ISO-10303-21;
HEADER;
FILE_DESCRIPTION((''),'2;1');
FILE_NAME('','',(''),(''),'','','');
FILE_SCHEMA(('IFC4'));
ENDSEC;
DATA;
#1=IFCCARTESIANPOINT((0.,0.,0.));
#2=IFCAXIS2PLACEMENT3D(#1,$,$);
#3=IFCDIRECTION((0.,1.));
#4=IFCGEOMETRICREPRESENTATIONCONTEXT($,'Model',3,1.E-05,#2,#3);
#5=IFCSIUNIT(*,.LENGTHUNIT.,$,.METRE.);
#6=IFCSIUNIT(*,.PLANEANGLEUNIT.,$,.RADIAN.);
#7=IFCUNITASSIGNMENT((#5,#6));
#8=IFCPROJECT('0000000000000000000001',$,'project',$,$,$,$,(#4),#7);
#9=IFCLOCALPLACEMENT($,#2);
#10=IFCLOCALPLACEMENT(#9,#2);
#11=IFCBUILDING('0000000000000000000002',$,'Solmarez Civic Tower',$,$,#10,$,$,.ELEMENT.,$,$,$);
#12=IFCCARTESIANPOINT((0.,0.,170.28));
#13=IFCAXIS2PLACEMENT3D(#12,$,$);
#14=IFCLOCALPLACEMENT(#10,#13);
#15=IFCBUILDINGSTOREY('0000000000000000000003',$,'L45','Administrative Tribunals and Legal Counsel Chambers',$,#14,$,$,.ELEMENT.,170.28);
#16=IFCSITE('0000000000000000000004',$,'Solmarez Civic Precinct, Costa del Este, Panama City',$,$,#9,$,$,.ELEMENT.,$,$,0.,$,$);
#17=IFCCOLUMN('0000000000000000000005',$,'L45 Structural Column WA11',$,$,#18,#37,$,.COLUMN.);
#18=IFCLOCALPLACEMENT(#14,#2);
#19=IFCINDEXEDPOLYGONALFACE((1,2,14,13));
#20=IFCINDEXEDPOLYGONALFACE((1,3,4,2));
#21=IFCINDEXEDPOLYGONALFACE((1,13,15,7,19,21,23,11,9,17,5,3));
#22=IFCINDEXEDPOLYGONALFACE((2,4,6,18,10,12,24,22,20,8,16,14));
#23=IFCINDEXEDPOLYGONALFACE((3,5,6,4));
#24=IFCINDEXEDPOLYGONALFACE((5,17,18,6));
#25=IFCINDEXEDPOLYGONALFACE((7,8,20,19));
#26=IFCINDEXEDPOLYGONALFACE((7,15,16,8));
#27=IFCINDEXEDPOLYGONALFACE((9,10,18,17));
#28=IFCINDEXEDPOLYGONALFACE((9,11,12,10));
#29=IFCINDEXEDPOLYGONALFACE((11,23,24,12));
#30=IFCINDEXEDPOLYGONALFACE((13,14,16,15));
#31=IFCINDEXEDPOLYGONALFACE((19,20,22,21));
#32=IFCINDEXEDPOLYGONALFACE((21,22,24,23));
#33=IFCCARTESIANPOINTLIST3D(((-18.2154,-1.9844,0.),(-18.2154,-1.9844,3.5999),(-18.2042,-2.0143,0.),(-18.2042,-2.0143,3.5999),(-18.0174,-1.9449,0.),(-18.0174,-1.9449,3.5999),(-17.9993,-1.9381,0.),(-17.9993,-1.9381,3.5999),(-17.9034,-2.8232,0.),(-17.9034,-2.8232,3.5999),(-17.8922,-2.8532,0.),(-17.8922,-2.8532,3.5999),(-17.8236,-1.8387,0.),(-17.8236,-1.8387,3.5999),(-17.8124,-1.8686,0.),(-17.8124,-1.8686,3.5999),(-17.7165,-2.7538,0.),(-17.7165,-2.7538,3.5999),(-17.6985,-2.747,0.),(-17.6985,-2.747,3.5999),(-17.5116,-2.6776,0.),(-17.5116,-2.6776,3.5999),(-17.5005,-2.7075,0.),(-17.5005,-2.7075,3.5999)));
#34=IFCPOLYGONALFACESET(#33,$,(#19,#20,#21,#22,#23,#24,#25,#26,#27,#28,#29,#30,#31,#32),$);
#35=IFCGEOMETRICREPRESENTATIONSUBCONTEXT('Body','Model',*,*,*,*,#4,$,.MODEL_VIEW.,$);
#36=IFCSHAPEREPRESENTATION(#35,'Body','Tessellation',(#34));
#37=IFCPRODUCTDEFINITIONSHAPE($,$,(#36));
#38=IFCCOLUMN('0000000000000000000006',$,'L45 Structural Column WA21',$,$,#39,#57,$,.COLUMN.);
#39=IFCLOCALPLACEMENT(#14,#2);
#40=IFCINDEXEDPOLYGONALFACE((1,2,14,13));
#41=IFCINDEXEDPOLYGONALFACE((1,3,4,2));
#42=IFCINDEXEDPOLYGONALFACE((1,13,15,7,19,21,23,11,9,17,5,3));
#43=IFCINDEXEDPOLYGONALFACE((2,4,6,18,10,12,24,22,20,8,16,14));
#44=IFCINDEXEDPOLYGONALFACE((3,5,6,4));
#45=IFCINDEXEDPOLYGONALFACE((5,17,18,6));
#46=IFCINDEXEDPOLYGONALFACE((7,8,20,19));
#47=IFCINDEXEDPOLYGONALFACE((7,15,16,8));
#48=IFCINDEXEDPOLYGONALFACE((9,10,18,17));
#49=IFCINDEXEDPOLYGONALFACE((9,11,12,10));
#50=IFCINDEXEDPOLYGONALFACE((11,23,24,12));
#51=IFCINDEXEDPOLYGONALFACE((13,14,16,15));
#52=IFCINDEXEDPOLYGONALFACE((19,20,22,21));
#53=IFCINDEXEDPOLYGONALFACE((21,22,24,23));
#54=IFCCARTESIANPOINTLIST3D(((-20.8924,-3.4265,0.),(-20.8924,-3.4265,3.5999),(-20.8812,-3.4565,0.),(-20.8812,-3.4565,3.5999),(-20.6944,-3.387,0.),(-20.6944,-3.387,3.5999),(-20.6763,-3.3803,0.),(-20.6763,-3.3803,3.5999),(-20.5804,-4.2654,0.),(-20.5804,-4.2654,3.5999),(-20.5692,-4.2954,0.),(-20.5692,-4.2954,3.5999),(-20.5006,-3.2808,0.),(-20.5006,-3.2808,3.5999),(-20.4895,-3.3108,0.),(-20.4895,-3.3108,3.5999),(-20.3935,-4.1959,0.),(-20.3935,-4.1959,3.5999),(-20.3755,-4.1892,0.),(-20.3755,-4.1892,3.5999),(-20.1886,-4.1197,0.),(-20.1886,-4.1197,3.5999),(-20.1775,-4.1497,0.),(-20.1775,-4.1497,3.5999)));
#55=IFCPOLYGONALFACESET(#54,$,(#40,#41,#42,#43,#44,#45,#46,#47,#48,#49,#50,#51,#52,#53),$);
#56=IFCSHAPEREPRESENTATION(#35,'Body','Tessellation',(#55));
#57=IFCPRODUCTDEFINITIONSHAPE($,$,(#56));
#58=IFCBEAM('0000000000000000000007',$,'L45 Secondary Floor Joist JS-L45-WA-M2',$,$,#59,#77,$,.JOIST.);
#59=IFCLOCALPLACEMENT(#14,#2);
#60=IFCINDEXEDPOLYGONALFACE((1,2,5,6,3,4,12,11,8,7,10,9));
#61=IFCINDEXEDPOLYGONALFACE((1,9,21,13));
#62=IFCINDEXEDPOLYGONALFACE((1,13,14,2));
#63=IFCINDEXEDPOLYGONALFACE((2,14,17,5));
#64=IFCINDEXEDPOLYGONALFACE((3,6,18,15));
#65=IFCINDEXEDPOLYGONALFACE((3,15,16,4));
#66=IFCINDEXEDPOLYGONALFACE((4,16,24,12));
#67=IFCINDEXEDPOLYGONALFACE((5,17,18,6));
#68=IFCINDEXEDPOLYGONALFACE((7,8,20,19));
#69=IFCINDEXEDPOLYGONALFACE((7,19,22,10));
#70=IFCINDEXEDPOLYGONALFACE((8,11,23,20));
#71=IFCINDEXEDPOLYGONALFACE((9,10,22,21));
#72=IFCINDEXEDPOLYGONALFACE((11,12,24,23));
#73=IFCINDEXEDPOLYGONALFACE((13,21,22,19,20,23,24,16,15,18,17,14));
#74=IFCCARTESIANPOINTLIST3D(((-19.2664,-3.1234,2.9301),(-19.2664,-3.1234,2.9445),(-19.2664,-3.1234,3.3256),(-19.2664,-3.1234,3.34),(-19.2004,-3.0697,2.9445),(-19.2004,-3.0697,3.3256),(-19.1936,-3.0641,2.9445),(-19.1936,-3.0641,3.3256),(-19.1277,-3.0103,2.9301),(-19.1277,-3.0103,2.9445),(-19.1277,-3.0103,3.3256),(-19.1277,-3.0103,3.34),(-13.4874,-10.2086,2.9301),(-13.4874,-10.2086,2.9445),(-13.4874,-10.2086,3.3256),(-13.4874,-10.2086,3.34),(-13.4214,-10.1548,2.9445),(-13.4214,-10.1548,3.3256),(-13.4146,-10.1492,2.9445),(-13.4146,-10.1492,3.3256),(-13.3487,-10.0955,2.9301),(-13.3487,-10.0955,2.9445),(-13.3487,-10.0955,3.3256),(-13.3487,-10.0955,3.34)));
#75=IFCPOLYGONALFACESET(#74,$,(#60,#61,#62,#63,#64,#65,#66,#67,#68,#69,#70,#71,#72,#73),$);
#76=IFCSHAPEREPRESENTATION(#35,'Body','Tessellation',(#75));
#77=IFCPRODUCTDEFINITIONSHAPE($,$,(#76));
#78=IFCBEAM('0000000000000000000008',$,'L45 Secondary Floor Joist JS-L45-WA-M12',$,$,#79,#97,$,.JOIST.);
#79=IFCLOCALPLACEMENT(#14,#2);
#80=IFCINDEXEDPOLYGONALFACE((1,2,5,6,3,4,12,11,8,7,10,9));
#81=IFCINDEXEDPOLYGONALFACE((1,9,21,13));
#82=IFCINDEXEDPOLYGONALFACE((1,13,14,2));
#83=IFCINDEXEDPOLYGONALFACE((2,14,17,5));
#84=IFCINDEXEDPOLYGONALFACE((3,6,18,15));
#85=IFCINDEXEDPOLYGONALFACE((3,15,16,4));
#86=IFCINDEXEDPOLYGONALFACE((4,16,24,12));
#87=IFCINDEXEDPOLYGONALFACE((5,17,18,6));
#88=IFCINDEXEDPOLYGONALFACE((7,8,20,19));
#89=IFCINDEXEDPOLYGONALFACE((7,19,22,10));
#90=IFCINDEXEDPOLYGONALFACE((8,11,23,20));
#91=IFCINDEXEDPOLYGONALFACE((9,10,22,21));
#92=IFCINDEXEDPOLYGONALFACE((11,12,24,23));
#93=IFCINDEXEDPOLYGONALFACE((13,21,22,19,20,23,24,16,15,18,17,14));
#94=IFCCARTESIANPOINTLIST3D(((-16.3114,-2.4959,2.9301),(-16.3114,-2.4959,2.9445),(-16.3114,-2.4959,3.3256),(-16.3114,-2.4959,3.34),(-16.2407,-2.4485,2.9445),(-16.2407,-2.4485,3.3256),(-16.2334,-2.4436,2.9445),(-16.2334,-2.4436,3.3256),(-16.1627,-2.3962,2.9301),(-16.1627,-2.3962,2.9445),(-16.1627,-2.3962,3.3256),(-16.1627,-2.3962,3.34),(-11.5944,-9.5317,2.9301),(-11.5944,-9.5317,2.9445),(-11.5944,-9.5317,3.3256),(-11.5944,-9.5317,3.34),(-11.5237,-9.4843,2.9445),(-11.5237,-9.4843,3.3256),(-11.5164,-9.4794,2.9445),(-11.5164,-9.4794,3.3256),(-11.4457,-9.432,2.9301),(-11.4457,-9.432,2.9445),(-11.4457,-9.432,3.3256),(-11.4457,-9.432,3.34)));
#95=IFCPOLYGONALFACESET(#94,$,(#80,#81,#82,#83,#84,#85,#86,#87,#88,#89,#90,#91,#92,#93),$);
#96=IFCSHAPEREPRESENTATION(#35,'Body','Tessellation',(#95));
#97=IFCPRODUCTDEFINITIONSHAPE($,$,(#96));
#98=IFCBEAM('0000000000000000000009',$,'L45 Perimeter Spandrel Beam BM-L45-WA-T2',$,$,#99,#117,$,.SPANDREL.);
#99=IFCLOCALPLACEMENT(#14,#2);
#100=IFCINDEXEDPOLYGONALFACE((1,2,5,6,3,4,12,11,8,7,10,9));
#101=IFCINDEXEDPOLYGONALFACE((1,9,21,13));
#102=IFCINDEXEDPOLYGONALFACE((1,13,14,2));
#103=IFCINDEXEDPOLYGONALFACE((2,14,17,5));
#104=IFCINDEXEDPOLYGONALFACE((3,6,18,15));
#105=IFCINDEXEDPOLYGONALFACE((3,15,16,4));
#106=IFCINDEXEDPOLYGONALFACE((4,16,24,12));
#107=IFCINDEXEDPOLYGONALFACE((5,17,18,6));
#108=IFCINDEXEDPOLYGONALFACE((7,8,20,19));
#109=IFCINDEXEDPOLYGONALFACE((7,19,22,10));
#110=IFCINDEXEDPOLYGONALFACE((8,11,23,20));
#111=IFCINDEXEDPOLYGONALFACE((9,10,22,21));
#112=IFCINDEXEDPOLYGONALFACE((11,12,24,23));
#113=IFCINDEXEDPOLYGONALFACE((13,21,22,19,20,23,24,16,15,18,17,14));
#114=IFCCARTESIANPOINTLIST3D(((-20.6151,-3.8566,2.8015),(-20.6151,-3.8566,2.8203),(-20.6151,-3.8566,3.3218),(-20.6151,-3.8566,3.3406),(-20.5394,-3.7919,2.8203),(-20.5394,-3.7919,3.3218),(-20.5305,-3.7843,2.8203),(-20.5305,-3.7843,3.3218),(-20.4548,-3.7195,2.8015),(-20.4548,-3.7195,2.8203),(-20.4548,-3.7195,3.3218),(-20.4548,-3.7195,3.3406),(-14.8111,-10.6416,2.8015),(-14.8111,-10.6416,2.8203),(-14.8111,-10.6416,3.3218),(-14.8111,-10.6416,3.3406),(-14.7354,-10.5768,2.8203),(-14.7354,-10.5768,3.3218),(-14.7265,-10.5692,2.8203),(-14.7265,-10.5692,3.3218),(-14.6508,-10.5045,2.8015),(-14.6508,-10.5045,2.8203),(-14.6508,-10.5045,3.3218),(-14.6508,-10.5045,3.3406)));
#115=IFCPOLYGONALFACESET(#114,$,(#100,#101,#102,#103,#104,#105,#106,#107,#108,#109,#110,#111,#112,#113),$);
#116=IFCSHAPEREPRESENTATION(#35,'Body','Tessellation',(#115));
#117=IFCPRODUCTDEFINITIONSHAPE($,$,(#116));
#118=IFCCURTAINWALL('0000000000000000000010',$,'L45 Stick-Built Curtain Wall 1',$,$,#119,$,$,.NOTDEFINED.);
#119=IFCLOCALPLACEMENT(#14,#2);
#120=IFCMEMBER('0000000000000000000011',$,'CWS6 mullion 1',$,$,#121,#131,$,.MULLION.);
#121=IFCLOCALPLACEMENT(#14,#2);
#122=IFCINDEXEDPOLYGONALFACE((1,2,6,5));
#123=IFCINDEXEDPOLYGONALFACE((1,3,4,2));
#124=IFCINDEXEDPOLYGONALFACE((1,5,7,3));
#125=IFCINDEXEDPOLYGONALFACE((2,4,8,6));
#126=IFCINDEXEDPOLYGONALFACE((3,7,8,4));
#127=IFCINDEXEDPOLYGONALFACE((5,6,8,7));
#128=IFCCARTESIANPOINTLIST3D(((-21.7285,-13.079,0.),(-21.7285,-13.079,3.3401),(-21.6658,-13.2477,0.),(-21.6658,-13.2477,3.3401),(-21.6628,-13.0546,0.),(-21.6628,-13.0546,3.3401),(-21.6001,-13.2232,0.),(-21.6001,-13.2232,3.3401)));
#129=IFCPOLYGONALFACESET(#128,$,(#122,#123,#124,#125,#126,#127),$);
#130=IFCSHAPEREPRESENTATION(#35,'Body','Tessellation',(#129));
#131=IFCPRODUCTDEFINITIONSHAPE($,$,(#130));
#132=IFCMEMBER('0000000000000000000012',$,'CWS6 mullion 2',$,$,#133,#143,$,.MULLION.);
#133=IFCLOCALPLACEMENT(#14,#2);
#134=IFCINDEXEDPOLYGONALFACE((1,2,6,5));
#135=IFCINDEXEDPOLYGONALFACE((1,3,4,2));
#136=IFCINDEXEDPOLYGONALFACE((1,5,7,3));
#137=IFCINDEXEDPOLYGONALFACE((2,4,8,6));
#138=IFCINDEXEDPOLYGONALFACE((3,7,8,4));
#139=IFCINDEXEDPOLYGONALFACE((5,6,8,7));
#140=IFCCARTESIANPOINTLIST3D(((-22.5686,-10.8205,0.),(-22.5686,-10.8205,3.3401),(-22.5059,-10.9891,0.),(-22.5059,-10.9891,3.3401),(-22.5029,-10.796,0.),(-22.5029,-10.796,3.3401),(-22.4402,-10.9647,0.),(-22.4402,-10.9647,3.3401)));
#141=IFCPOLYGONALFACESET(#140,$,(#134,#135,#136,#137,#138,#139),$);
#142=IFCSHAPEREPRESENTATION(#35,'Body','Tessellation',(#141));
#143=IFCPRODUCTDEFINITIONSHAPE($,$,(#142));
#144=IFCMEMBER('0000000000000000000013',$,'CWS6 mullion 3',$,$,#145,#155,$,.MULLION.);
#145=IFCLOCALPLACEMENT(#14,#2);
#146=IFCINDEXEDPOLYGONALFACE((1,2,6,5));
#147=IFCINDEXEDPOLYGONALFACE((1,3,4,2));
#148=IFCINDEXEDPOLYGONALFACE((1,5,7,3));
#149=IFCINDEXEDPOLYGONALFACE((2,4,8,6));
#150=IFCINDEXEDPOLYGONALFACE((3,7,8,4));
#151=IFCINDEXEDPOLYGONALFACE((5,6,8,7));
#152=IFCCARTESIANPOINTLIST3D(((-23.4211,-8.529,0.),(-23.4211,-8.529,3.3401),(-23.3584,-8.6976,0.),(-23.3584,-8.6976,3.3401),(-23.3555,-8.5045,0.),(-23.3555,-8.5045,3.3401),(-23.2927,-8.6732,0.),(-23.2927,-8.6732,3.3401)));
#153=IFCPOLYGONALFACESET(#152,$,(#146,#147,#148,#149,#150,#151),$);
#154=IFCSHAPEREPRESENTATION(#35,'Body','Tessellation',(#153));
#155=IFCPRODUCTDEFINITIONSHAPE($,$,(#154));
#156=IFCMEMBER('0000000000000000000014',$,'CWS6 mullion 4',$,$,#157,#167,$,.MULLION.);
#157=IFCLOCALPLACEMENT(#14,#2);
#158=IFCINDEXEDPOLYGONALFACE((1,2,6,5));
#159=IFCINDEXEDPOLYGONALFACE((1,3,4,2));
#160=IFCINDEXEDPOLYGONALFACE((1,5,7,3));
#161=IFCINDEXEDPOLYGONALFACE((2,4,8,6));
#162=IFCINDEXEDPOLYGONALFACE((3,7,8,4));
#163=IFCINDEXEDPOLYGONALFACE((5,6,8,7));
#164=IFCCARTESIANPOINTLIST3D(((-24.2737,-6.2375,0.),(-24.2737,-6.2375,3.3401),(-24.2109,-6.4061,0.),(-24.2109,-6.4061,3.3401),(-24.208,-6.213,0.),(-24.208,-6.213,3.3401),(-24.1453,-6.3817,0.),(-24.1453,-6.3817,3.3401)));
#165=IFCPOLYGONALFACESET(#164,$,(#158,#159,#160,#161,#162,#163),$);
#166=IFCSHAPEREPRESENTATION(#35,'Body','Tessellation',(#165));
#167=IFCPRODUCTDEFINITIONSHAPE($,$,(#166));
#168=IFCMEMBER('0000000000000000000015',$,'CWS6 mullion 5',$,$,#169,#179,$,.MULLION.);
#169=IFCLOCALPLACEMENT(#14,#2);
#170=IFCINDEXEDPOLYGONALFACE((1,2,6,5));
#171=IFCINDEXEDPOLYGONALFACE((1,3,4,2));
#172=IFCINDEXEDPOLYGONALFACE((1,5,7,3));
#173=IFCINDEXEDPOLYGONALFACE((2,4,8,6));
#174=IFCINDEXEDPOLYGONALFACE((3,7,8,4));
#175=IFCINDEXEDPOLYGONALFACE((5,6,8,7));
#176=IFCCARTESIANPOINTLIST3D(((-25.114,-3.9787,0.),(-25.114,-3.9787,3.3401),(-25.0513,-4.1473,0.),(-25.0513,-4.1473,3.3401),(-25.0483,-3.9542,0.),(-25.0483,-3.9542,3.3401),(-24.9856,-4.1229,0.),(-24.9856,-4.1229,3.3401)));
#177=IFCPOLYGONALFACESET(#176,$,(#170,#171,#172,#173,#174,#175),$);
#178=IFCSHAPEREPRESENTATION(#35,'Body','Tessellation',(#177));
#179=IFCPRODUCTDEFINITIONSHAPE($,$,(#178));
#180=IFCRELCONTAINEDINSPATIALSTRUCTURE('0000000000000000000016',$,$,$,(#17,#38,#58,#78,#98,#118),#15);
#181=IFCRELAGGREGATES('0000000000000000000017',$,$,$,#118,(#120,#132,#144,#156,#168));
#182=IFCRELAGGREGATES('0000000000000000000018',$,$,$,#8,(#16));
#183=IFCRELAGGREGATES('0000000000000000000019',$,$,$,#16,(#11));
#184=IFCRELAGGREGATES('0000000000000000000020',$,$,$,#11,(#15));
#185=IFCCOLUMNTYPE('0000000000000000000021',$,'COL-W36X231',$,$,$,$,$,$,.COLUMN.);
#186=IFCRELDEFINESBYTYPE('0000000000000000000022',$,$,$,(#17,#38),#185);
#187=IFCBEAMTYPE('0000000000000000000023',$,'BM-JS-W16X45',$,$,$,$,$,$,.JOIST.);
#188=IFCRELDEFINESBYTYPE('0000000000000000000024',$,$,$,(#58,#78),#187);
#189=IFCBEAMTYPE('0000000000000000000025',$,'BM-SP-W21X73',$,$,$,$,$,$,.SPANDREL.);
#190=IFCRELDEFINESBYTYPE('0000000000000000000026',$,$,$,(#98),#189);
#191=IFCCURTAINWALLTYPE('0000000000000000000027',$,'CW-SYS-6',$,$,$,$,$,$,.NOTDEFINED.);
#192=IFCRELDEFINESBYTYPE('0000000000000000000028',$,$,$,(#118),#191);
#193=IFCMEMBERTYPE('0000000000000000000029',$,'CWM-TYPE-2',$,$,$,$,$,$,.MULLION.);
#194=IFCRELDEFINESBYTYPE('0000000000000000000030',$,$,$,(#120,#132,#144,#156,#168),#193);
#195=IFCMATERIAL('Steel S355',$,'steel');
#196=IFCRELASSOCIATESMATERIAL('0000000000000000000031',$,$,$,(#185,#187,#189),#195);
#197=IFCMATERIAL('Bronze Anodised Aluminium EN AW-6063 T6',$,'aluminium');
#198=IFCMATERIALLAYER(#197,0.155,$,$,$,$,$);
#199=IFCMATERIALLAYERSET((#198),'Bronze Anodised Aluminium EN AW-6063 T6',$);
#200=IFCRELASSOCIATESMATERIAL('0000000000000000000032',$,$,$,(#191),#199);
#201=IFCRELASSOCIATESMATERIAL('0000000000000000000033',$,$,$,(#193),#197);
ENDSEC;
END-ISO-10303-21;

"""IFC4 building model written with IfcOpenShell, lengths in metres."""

from ifc_helpers import new_model, si_unit, direction, frame, origin, origin_2d, place, context, subcontext, project, spatial, rectangle, i_section, extrude, material, layer, layer_set, material_profile, profile_set, type_object, element, aggregate, save


model = new_model("IFC4")

# Units and contexts
model_context = context("Model", 3, precision=1e-05, world=origin(), true_north=direction((0.0, 1.0)))
body_context = subcontext(model_context, "Body", "Model", "MODEL_VIEW")
ifc_project = project(units=[si_unit("LENGTHUNIT", "METRE"), si_unit("PLANEANGLEUNIT", "RADIAN")], contexts=[model_context])

# Site, building, storey
site_placement = place(None, origin())
site = spatial("IfcSite", under=ifc_project, at=site_placement, Name="Solmarez Civic Precinct, Costa del Este, Panama City", CompositionType="ELEMENT", RefElevation=0.0)
building_placement = place(site_placement, origin())
building = spatial("IfcBuilding", under=site, at=building_placement, Name="Solmarez Civic Tower", CompositionType="ELEMENT")
storey_placement = place(building_placement, frame((0.0, 0.0, 170.28)))
storey = spatial("IfcBuildingStorey", under=building, at=storey_placement, Name="L45", Description="Administrative Tribunals and Legal Counsel Chambers", CompositionType="ELEMENT", Elevation=170.28)

# Columns
ifc_material_1 = material(Name="Steel S355", Category="steel")
ifc_material_profile_1 = material_profile(ifc_material_1, i_section(OverallWidth=0.418, OverallDepth=0.927, WebThickness=0.0193, FlangeThickness=0.032, at=origin_2d()), Name="W36X231")
ifc_profile_set_1 = profile_set([ifc_material_profile_1], Name="Steel S355")
column_type = type_object("IfcColumnType", Name="COL-W36X231", PredefinedType="COLUMN", material=ifc_profile_set_1)
for number, where, z_axis, x_axis, name in (
    (1, (-17.8579, -2.3459, 0.0), (0.0, 0.0, 1.0), (0.937282, 0.348572, 0.0), "L45 Structural Column WA11"),
    (2, (-20.5349, -3.7881, 0.0), (0.0, 0.0, 1.0), (0.937282, 0.348572, 0.0), "L45 Structural Column WA21"),
):
    element("IfcColumn", number, at=place(storey_placement, frame(where, z_axis=z_axis, x_axis=x_axis)), inside=storey, type_object=column_type, Name=name, PredefinedType="COLUMN", context=body_context, shape_type="SweptSolid", body=[
        extrude(i_section(OverallWidth=0.418, OverallDepth=0.927, WebThickness=0.0193, FlangeThickness=0.032, at=origin_2d()), origin(), (0.0, 0.0, 1.0), 3.5999),
    ])

# Beams
ifc_material_profile_2 = material_profile(ifc_material_1, i_section(OverallWidth=0.179, OverallDepth=0.4099, WebThickness=0.0088, FlangeThickness=0.0144, at=origin_2d()), Name="W16X45")
ifc_profile_set_2 = profile_set([ifc_material_profile_2], Name="Steel S355")
beam_type_1 = type_object("IfcBeamType", Name="BM-JS-W16X45", PredefinedType="JOIST", material=ifc_profile_set_2)
beam_1_placement = place(storey_placement, frame((-19.197, -3.0669, 3.135), z_axis=(0.632062, -0.774918, 0.0), x_axis=(0.774918, 0.632062, 0.0)))
element("IfcBeam", 3, at=beam_1_placement, inside=storey, type_object=beam_type_1, Name="L45 Secondary Floor Joist JS-L45-WA-M2", PredefinedType="JOIST", context=body_context, shape_type="SweptSolid", body=[
    extrude(i_section(OverallWidth=0.179, OverallDepth=0.4099, WebThickness=0.0088, FlangeThickness=0.0144, at=origin_2d()), origin(), (0.0, 0.0, 1.0), 9.1431),
])
beam_2_placement = place(storey_placement, frame((-16.2371, -2.446, 3.135), z_axis=(0.55686, -0.830606, 0.0), x_axis=(0.830606, 0.55686, 0.0)))
element("IfcBeam", 4, at=beam_2_placement, inside=storey, type_object=beam_type_1, Name="L45 Secondary Floor Joist JS-L45-WA-M12", PredefinedType="JOIST", context=body_context, shape_type="SweptSolid", body=[
    extrude(i_section(OverallWidth=0.179, OverallDepth=0.4099, WebThickness=0.0088, FlangeThickness=0.0144, at=origin_2d()), origin(), (0.0, 0.0, 1.0), 8.4707),
])
ifc_material_profile_3 = material_profile(ifc_material_1, i_section(OverallWidth=0.2109, OverallDepth=0.5391, WebThickness=0.0117, FlangeThickness=0.0188, at=origin_2d()), Name="W21X73")
ifc_profile_set_3 = profile_set([ifc_material_profile_3], Name="Steel S355")
beam_type_2 = type_object("IfcBeamType", Name="BM-SP-W21X73", PredefinedType="SPANDREL", material=ifc_profile_set_3)
beam_3_placement = place(storey_placement, frame((-20.5349, -3.7881, 3.071), z_axis=(0.650037, -0.759903, 0.0), x_axis=(0.759903, 0.650037, 0.0)))
element("IfcBeam", 5, at=beam_3_placement, inside=storey, type_object=beam_type_2, Name="L45 Perimeter Spandrel Beam BM-L45-WA-T2", PredefinedType="SPANDREL", context=body_context, shape_type="SweptSolid", body=[
    extrude(i_section(OverallWidth=0.2109, OverallDepth=0.5391, WebThickness=0.0117, FlangeThickness=0.0188, at=origin_2d()), origin(), (0.0, 0.0, 1.0), 8.9287),
])

# Curtain wall, members
ifc_material_2 = material(Name="Bronze Anodised Aluminium EN AW-6063 T6", Category="aluminium")
ifc_layer_1 = layer(ifc_material_2, 0.155)
ifc_layer_set_1 = layer_set([ifc_layer_1], Name="Bronze Anodised Aluminium EN AW-6063 T6")
curtain_wall_type = type_object("IfcCurtainWallType", Name="CW-SYS-6", PredefinedType="NOTDEFINED", material=ifc_layer_set_1)
curtain_wall_placement = place(storey_placement, origin())
curtain_wall = element("IfcCurtainWall", 6, at=curtain_wall_placement, inside=storey, type_object=curtain_wall_type, Name="L45 Stick-Built Curtain Wall 1", PredefinedType="NOTDEFINED")
ifc_material_profile_4 = material_profile(ifc_material_2, rectangle(XDim=0.0701, YDim=0.1799, at=origin_2d()), Name="CWM-70X180")
ifc_profile_set_4 = profile_set([ifc_material_profile_4], Name="Bronze Anodised Aluminium EN AW-6063 T6")
member_type_1 = type_object("IfcMemberType", Name="CWM-TYPE-2", PredefinedType="MULLION", material=ifc_profile_set_4)
member_1_placement = place(storey_placement, frame((-21.6643, -13.1511, 0.0), z_axis=(0.0, 0.0, 1.0), x_axis=(-0.937242, -0.348679, 0.0)))
member_1 = element("IfcMember", 7, at=member_1_placement, type_object=member_type_1, Name="CWS6 mullion 1", PredefinedType="MULLION", context=body_context, shape_type="SweptSolid", body=[
    extrude(rectangle(XDim=0.0701, YDim=0.1799, at=origin_2d()), origin(), (0.0, 0.0, 1.0), 3.3401),
])
member_2_placement = place(storey_placement, frame((-22.5044, -10.8926, 0.0), z_axis=(0.0, 0.0, 1.0), x_axis=(-0.937242, -0.348679, 0.0)))
member_2 = element("IfcMember", 8, at=member_2_placement, type_object=member_type_1, Name="CWS6 mullion 2", PredefinedType="MULLION", context=body_context, shape_type="SweptSolid", body=[
    extrude(rectangle(XDim=0.0701, YDim=0.1799, at=origin_2d()), origin(), (0.0, 0.0, 1.0), 3.3401),
])
member_3_placement = place(storey_placement, frame((-23.3569, -8.6011, 0.0), z_axis=(0.0, 0.0, 1.0), x_axis=(-0.937242, -0.348679, 0.0)))
member_3 = element("IfcMember", 9, at=member_3_placement, type_object=member_type_1, Name="CWS6 mullion 3", PredefinedType="MULLION", context=body_context, shape_type="SweptSolid", body=[
    extrude(rectangle(XDim=0.0701, YDim=0.1799, at=origin_2d()), origin(), (0.0, 0.0, 1.0), 3.3401),
])
member_4_placement = place(storey_placement, frame((-24.2095, -6.3096, 0.0), z_axis=(0.0, 0.0, 1.0), x_axis=(-0.937242, -0.348679, 0.0)))
member_4 = element("IfcMember", 10, at=member_4_placement, type_object=member_type_1, Name="CWS6 mullion 4", PredefinedType="MULLION", context=body_context, shape_type="SweptSolid", body=[
    extrude(rectangle(XDim=0.0701, YDim=0.1799, at=origin_2d()), origin(), (0.0, 0.0, 1.0), 3.3401),
])
member_5_placement = place(storey_placement, frame((-25.0498, -4.0508, 0.0), z_axis=(0.0, 0.0, 1.0), x_axis=(-0.937242, -0.348679, 0.0)))
member_5 = element("IfcMember", 11, at=member_5_placement, type_object=member_type_1, Name="CWS6 mullion 5", PredefinedType="MULLION", context=body_context, shape_type="SweptSolid", body=[
    extrude(rectangle(XDim=0.0701, YDim=0.1799, at=origin_2d()), origin(), (0.0, 0.0, 1.0), 3.3401),
])
aggregate(curtain_wall, [member_1, member_2, member_3, member_4, member_5])

save(model, "model.ifc")
